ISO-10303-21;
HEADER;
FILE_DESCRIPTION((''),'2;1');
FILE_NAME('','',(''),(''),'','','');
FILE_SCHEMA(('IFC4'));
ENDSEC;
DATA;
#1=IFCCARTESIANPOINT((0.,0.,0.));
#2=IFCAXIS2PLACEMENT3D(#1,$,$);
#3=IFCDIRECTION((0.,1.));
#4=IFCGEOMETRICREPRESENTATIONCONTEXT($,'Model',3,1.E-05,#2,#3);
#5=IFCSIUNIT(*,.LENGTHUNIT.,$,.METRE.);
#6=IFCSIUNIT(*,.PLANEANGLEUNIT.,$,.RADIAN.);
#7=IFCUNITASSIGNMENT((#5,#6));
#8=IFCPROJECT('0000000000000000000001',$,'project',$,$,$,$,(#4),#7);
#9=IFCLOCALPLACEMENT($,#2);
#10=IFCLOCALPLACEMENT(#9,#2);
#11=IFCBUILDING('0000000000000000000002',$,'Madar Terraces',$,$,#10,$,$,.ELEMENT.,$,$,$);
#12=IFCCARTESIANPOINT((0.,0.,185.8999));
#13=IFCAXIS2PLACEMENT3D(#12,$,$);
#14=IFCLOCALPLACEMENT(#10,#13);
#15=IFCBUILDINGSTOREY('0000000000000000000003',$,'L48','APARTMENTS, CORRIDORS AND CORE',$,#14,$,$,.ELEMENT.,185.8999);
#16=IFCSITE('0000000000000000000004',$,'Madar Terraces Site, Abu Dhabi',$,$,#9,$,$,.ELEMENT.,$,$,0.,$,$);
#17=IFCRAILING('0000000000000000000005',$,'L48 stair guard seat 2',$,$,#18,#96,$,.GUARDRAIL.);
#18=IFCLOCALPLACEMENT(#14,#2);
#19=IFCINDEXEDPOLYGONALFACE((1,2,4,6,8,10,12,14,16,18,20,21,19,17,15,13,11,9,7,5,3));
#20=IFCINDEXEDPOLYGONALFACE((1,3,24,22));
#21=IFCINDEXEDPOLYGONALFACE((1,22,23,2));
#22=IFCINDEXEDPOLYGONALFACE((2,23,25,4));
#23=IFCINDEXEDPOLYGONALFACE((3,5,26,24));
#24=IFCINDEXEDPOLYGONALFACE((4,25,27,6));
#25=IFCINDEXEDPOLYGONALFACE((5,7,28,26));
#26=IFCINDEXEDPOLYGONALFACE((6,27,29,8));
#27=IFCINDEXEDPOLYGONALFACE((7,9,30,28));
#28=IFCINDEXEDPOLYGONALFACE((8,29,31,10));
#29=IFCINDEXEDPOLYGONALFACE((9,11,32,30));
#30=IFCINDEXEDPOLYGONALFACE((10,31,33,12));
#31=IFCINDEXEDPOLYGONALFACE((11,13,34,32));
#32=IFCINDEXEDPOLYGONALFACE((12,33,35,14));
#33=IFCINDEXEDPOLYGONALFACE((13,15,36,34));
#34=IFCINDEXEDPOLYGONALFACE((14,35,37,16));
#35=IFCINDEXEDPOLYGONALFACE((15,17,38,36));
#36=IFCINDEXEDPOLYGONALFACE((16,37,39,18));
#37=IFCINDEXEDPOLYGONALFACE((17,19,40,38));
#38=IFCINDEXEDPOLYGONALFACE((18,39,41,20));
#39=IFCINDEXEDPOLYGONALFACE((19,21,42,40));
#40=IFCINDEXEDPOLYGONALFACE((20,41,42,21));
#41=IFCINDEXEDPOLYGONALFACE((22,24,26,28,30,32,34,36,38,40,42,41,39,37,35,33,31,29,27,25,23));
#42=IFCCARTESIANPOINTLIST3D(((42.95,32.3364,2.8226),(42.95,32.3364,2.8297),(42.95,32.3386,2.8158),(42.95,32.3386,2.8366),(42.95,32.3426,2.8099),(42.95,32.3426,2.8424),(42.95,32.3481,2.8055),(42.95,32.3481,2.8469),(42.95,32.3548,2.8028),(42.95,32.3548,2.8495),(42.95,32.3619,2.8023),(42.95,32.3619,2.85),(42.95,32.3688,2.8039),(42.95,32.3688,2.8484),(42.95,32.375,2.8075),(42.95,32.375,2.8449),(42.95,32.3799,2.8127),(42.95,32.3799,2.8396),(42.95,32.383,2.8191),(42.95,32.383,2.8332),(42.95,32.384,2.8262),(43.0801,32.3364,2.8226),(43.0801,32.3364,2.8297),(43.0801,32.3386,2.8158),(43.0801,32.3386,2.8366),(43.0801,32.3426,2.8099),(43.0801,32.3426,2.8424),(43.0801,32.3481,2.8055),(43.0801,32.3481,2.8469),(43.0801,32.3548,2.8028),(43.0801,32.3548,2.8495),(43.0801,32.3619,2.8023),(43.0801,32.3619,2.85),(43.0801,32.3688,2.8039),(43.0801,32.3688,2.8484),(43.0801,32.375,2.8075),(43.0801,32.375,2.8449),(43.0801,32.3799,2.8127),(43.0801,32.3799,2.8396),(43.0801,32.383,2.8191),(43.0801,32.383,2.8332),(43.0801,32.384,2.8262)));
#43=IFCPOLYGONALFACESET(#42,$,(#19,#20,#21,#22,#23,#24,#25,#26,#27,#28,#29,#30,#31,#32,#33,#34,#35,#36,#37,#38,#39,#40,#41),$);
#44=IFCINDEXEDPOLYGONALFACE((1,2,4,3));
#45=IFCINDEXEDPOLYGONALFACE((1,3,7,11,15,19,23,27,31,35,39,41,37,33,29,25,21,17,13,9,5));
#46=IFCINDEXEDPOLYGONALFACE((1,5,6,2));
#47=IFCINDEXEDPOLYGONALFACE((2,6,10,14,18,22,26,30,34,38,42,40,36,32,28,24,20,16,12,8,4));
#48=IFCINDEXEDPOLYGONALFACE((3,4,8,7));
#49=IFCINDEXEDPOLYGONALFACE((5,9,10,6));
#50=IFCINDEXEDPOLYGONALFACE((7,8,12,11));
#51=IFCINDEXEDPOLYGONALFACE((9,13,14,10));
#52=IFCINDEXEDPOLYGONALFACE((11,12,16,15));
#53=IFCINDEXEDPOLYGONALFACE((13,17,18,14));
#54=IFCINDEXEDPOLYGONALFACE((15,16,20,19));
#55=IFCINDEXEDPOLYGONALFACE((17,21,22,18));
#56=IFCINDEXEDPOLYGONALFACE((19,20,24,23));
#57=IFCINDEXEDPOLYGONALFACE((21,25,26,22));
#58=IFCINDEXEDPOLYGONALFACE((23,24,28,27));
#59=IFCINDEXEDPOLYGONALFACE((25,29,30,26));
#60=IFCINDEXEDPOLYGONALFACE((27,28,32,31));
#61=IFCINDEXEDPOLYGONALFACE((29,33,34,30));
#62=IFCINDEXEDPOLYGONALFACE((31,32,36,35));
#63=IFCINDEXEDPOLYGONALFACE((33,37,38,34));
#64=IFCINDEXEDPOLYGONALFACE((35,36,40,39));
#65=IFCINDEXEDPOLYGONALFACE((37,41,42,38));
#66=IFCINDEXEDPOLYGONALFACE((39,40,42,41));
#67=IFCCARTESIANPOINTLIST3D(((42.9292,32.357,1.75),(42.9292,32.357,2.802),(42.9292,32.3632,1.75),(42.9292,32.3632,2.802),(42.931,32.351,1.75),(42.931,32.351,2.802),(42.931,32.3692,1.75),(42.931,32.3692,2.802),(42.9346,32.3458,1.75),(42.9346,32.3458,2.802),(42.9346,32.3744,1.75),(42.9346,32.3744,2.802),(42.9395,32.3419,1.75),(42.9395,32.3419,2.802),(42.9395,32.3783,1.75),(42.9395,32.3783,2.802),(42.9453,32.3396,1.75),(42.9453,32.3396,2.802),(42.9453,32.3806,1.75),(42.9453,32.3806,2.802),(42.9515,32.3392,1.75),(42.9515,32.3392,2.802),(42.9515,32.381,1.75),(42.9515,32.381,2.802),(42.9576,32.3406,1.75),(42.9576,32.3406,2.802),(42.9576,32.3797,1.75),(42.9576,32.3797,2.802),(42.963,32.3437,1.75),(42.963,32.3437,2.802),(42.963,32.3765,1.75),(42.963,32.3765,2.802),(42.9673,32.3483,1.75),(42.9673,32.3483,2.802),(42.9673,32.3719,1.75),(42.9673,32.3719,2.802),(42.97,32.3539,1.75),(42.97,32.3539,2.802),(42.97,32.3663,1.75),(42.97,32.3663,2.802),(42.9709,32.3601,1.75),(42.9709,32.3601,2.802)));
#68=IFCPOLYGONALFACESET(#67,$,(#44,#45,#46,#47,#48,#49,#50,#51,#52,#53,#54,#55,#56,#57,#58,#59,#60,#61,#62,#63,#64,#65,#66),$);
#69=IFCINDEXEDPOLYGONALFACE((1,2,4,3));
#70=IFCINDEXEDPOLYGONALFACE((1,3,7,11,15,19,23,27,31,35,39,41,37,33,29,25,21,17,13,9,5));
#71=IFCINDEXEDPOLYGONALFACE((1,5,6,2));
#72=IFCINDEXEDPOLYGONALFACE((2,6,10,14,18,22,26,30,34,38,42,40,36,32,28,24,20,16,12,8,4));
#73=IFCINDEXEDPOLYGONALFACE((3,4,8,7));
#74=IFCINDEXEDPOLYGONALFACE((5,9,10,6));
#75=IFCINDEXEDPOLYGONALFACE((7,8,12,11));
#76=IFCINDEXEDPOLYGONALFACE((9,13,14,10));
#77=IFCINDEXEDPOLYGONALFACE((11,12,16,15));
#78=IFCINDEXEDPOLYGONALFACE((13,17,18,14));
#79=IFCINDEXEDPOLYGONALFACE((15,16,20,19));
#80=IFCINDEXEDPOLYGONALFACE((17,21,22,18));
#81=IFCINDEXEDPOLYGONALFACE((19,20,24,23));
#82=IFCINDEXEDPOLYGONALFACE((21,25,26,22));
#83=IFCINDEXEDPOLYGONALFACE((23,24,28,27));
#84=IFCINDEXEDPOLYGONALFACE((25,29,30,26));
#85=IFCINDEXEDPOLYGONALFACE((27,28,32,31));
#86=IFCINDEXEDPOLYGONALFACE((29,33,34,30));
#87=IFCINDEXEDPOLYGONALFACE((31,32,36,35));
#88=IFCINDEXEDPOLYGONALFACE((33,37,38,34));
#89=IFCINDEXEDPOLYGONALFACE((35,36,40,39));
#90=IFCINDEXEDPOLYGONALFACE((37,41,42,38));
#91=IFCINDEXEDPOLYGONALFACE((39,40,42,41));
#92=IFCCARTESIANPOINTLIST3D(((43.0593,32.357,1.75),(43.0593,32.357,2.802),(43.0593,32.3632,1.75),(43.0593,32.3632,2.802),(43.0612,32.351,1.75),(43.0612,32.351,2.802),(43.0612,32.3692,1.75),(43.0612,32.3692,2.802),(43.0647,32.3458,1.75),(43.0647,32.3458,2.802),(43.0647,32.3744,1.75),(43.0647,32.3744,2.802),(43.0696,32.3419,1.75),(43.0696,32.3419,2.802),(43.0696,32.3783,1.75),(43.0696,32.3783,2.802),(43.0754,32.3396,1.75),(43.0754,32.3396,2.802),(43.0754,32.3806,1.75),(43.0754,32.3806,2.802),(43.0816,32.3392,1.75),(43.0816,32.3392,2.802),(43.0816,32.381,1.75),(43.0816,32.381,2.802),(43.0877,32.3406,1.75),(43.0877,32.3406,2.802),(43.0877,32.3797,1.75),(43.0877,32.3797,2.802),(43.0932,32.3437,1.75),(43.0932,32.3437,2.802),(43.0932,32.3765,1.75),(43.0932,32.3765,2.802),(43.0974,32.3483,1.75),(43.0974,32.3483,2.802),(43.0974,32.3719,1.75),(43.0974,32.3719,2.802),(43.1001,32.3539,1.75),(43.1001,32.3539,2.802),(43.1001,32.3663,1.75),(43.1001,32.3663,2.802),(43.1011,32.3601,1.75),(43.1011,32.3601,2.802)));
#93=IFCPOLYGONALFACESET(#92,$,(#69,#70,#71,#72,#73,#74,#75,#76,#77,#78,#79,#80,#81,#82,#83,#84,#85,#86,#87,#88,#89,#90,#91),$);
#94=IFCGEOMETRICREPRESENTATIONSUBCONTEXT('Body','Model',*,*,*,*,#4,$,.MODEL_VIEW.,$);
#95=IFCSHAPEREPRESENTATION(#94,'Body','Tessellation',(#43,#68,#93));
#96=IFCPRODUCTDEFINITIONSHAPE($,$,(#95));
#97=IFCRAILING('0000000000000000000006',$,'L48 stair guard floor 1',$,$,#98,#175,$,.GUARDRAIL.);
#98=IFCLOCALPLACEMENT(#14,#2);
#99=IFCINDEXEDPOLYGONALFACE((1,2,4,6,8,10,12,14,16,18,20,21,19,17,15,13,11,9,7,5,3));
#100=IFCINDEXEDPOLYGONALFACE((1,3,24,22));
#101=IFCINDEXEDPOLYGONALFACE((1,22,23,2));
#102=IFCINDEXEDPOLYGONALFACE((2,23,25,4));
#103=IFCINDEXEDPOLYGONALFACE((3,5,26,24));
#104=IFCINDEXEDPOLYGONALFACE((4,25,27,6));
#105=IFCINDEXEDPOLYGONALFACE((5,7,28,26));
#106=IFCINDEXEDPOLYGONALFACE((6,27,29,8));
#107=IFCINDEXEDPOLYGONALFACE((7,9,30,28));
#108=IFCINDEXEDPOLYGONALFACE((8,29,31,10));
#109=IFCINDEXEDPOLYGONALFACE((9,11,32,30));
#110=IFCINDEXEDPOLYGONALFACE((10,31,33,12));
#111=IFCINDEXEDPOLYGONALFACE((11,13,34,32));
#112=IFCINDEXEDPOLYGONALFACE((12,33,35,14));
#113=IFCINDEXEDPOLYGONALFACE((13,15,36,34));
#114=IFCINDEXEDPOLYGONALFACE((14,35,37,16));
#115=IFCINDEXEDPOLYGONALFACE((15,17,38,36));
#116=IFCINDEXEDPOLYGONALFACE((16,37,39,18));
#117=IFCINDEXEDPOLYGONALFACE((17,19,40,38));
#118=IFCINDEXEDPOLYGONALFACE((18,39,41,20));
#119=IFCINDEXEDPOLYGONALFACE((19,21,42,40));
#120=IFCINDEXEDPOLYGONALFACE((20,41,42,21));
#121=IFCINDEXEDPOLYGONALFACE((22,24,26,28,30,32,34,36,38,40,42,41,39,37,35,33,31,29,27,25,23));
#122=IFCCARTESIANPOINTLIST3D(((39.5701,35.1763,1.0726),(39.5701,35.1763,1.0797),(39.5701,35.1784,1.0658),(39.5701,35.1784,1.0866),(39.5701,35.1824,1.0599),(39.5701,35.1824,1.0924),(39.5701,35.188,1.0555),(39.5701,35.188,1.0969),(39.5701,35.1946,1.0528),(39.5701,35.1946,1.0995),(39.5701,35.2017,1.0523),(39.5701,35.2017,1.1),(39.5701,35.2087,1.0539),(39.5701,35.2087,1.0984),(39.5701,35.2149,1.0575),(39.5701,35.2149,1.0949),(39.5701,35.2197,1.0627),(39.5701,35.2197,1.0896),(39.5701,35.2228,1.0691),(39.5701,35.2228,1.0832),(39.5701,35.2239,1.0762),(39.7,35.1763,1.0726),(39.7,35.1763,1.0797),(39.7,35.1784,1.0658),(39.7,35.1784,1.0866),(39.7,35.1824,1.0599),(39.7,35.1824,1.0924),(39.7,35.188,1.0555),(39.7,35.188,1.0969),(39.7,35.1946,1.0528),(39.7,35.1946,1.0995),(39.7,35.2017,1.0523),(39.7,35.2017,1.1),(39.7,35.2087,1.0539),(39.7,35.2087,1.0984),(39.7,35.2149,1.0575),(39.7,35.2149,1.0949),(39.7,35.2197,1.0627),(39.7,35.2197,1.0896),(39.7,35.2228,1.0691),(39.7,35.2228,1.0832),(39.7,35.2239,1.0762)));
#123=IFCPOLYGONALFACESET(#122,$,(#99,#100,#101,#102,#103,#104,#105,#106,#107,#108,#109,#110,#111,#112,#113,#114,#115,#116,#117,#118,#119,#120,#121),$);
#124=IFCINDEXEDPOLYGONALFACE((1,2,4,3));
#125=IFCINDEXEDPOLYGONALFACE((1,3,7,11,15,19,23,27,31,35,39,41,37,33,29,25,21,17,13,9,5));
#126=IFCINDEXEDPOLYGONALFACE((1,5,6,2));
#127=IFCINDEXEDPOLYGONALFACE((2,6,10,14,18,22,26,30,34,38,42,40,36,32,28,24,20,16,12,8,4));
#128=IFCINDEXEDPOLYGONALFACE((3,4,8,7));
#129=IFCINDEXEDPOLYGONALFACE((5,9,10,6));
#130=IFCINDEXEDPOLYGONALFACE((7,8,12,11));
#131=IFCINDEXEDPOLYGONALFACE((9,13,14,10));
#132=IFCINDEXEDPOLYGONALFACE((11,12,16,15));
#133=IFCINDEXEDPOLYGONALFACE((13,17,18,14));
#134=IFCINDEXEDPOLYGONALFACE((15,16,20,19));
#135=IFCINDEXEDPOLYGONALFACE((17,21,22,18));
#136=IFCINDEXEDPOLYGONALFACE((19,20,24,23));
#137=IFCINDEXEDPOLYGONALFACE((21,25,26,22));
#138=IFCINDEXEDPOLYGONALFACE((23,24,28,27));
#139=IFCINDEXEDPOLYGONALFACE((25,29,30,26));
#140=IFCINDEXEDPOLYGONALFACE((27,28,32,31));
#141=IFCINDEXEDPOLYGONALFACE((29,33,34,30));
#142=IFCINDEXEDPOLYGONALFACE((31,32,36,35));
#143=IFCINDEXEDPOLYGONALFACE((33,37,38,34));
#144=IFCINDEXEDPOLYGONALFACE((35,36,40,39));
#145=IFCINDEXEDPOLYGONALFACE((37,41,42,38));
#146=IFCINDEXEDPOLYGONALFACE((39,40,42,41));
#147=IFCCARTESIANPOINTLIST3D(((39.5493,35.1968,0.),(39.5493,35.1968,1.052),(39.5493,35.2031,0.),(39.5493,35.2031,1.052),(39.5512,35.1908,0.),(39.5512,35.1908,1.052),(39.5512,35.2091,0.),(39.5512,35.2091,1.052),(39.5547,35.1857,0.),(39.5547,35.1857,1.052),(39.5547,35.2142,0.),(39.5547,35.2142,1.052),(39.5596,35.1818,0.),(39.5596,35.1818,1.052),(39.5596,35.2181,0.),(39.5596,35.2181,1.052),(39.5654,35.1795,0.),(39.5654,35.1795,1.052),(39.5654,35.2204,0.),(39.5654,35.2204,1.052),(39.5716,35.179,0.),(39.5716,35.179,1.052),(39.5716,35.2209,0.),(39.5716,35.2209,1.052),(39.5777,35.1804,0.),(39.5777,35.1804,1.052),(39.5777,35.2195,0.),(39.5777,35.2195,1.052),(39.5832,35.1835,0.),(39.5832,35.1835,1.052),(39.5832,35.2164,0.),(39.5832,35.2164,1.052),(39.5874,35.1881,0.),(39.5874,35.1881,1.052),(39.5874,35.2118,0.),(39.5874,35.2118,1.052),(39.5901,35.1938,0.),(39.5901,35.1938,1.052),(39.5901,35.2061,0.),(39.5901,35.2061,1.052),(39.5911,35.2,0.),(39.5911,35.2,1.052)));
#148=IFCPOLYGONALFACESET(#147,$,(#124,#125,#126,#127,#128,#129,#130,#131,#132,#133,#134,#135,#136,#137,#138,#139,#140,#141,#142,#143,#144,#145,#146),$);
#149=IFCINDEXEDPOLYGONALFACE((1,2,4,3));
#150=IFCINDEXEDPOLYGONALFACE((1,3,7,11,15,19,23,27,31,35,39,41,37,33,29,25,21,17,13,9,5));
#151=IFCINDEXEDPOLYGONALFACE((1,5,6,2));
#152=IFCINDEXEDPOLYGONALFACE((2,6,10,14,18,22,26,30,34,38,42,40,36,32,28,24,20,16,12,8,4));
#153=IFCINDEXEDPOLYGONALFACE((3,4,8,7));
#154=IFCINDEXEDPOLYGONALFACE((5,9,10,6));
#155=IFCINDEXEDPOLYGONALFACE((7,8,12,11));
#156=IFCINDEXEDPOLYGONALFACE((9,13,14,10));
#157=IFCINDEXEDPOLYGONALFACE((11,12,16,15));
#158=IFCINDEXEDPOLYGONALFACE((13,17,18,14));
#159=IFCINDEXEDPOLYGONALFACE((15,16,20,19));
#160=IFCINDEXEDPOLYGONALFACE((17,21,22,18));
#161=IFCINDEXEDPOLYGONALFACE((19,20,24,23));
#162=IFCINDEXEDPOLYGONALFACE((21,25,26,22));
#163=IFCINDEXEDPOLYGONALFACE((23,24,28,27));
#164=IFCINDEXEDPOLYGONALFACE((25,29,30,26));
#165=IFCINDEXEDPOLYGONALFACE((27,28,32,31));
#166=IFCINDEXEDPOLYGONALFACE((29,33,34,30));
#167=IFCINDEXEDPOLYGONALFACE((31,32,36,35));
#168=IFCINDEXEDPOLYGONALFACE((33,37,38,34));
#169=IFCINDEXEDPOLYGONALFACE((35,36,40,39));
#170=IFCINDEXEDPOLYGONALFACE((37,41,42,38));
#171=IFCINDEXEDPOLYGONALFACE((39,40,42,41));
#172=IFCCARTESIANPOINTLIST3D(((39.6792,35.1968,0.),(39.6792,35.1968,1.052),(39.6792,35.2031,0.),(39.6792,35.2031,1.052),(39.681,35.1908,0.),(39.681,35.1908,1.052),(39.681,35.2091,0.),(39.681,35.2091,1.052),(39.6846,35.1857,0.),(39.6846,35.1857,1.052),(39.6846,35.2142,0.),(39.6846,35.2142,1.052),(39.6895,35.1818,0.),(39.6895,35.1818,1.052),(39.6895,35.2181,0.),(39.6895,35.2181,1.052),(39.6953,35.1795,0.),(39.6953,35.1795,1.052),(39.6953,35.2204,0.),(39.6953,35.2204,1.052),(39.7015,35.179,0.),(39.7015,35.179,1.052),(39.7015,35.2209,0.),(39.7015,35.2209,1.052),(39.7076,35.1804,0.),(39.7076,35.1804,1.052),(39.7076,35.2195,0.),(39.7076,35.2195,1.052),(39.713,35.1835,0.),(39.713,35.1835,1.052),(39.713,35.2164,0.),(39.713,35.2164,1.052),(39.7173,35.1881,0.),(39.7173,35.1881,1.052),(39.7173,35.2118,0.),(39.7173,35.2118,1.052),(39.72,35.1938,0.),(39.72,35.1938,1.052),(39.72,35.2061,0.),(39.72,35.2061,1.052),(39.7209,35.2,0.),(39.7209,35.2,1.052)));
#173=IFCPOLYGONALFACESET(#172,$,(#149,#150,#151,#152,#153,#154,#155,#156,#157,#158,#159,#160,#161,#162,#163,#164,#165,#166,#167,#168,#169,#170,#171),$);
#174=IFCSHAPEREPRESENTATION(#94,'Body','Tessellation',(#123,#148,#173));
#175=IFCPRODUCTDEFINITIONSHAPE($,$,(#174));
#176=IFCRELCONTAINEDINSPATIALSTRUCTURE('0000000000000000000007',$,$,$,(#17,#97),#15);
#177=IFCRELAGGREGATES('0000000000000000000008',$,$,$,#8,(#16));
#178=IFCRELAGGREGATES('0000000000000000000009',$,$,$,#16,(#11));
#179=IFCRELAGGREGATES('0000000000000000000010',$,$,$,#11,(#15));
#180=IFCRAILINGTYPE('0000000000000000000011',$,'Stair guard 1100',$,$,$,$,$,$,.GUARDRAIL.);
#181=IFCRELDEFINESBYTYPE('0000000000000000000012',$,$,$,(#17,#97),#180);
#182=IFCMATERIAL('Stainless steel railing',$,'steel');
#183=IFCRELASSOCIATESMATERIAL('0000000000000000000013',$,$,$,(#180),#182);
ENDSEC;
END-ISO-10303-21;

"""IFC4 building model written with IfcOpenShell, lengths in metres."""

from ifc_helpers import new_model, si_unit, direction, frame, origin, origin_2d, place, context, subcontext, project, spatial, circle, extrude, material, type_object, element, save


model = new_model("IFC4")

# Units and contexts
model_context = context("Model", 3, precision=1e-05, world=origin(), true_north=direction((0.0, 1.0)))
body_context = subcontext(model_context, "Body", "Model", "MODEL_VIEW")
ifc_project = project(units=[si_unit("LENGTHUNIT", "METRE"), si_unit("PLANEANGLEUNIT", "RADIAN")], contexts=[model_context])

# Site, building, storey
site_placement = place(None, origin())
site = spatial("IfcSite", under=ifc_project, at=site_placement, Name="Madar Terraces Site, Abu Dhabi", CompositionType="ELEMENT", RefElevation=0.0)
building_placement = place(site_placement, origin())
building = spatial("IfcBuilding", under=site, at=building_placement, Name="Madar Terraces", CompositionType="ELEMENT")
storey_placement = place(building_placement, frame((0.0, 0.0, 185.8999)))
storey = spatial("IfcBuildingStorey", under=building, at=storey_placement, Name="L48", Description="APARTMENTS, CORRIDORS AND CORE", CompositionType="ELEMENT", Elevation=185.8999)

# Railings
ifc_material_1 = material(Name="Stainless steel railing", Category="steel")
railing_type_1 = type_object("IfcRailingType", Name="Stair guard 1100", PredefinedType="GUARDRAIL", material=ifc_material_1)
railing_1_placement = place(storey_placement, frame((42.95, 32.3601, 1.75)))
element("IfcRailing", 1, at=railing_1_placement, inside=storey, type_object=railing_type_1, Name="L48 stair guard seat 2", PredefinedType="GUARDRAIL", context=body_context, shape_type="SweptSolid", body=[
    extrude(circle(Radius=0.0239, at=origin_2d()), frame((0.0, 0.0, 1.0762), z_axis=(1.0, 0.0, 0.0), x_axis=(0.0, 1.0, 0.0)), (0.0, 0.0, 1.0), 0.1301),
    extrude(circle(Radius=0.021, at=origin_2d()), origin(), (0.0, 0.0, 1.0), 1.052),
    extrude(circle(Radius=0.021, at=origin_2d()), frame((0.1301, 0.0, 0.0)), (0.0, 0.0, 1.0), 1.052),
])
railing_2_placement = place(storey_placement, frame((39.5701, 35.2, 0.0)))
element("IfcRailing", 2, at=railing_2_placement, inside=storey, type_object=railing_type_1, Name="L48 stair guard floor 1", PredefinedType="GUARDRAIL", context=body_context, shape_type="SweptSolid", body=[
    extrude(circle(Radius=0.0239, at=origin_2d()), frame((0.0, 0.0, 1.0762), z_axis=(1.0, 0.0, 0.0), x_axis=(0.0, 1.0, 0.0)), (0.0, 0.0, 1.0), 0.1299),
    extrude(circle(Radius=0.021, at=origin_2d()), origin(), (0.0, 0.0, 1.0), 1.052),
    extrude(circle(Radius=0.021, at=origin_2d()), frame((0.1299, 0.0, 0.0)), (0.0, 0.0, 1.0), 1.052),
])

save(model, "model.ifc")
